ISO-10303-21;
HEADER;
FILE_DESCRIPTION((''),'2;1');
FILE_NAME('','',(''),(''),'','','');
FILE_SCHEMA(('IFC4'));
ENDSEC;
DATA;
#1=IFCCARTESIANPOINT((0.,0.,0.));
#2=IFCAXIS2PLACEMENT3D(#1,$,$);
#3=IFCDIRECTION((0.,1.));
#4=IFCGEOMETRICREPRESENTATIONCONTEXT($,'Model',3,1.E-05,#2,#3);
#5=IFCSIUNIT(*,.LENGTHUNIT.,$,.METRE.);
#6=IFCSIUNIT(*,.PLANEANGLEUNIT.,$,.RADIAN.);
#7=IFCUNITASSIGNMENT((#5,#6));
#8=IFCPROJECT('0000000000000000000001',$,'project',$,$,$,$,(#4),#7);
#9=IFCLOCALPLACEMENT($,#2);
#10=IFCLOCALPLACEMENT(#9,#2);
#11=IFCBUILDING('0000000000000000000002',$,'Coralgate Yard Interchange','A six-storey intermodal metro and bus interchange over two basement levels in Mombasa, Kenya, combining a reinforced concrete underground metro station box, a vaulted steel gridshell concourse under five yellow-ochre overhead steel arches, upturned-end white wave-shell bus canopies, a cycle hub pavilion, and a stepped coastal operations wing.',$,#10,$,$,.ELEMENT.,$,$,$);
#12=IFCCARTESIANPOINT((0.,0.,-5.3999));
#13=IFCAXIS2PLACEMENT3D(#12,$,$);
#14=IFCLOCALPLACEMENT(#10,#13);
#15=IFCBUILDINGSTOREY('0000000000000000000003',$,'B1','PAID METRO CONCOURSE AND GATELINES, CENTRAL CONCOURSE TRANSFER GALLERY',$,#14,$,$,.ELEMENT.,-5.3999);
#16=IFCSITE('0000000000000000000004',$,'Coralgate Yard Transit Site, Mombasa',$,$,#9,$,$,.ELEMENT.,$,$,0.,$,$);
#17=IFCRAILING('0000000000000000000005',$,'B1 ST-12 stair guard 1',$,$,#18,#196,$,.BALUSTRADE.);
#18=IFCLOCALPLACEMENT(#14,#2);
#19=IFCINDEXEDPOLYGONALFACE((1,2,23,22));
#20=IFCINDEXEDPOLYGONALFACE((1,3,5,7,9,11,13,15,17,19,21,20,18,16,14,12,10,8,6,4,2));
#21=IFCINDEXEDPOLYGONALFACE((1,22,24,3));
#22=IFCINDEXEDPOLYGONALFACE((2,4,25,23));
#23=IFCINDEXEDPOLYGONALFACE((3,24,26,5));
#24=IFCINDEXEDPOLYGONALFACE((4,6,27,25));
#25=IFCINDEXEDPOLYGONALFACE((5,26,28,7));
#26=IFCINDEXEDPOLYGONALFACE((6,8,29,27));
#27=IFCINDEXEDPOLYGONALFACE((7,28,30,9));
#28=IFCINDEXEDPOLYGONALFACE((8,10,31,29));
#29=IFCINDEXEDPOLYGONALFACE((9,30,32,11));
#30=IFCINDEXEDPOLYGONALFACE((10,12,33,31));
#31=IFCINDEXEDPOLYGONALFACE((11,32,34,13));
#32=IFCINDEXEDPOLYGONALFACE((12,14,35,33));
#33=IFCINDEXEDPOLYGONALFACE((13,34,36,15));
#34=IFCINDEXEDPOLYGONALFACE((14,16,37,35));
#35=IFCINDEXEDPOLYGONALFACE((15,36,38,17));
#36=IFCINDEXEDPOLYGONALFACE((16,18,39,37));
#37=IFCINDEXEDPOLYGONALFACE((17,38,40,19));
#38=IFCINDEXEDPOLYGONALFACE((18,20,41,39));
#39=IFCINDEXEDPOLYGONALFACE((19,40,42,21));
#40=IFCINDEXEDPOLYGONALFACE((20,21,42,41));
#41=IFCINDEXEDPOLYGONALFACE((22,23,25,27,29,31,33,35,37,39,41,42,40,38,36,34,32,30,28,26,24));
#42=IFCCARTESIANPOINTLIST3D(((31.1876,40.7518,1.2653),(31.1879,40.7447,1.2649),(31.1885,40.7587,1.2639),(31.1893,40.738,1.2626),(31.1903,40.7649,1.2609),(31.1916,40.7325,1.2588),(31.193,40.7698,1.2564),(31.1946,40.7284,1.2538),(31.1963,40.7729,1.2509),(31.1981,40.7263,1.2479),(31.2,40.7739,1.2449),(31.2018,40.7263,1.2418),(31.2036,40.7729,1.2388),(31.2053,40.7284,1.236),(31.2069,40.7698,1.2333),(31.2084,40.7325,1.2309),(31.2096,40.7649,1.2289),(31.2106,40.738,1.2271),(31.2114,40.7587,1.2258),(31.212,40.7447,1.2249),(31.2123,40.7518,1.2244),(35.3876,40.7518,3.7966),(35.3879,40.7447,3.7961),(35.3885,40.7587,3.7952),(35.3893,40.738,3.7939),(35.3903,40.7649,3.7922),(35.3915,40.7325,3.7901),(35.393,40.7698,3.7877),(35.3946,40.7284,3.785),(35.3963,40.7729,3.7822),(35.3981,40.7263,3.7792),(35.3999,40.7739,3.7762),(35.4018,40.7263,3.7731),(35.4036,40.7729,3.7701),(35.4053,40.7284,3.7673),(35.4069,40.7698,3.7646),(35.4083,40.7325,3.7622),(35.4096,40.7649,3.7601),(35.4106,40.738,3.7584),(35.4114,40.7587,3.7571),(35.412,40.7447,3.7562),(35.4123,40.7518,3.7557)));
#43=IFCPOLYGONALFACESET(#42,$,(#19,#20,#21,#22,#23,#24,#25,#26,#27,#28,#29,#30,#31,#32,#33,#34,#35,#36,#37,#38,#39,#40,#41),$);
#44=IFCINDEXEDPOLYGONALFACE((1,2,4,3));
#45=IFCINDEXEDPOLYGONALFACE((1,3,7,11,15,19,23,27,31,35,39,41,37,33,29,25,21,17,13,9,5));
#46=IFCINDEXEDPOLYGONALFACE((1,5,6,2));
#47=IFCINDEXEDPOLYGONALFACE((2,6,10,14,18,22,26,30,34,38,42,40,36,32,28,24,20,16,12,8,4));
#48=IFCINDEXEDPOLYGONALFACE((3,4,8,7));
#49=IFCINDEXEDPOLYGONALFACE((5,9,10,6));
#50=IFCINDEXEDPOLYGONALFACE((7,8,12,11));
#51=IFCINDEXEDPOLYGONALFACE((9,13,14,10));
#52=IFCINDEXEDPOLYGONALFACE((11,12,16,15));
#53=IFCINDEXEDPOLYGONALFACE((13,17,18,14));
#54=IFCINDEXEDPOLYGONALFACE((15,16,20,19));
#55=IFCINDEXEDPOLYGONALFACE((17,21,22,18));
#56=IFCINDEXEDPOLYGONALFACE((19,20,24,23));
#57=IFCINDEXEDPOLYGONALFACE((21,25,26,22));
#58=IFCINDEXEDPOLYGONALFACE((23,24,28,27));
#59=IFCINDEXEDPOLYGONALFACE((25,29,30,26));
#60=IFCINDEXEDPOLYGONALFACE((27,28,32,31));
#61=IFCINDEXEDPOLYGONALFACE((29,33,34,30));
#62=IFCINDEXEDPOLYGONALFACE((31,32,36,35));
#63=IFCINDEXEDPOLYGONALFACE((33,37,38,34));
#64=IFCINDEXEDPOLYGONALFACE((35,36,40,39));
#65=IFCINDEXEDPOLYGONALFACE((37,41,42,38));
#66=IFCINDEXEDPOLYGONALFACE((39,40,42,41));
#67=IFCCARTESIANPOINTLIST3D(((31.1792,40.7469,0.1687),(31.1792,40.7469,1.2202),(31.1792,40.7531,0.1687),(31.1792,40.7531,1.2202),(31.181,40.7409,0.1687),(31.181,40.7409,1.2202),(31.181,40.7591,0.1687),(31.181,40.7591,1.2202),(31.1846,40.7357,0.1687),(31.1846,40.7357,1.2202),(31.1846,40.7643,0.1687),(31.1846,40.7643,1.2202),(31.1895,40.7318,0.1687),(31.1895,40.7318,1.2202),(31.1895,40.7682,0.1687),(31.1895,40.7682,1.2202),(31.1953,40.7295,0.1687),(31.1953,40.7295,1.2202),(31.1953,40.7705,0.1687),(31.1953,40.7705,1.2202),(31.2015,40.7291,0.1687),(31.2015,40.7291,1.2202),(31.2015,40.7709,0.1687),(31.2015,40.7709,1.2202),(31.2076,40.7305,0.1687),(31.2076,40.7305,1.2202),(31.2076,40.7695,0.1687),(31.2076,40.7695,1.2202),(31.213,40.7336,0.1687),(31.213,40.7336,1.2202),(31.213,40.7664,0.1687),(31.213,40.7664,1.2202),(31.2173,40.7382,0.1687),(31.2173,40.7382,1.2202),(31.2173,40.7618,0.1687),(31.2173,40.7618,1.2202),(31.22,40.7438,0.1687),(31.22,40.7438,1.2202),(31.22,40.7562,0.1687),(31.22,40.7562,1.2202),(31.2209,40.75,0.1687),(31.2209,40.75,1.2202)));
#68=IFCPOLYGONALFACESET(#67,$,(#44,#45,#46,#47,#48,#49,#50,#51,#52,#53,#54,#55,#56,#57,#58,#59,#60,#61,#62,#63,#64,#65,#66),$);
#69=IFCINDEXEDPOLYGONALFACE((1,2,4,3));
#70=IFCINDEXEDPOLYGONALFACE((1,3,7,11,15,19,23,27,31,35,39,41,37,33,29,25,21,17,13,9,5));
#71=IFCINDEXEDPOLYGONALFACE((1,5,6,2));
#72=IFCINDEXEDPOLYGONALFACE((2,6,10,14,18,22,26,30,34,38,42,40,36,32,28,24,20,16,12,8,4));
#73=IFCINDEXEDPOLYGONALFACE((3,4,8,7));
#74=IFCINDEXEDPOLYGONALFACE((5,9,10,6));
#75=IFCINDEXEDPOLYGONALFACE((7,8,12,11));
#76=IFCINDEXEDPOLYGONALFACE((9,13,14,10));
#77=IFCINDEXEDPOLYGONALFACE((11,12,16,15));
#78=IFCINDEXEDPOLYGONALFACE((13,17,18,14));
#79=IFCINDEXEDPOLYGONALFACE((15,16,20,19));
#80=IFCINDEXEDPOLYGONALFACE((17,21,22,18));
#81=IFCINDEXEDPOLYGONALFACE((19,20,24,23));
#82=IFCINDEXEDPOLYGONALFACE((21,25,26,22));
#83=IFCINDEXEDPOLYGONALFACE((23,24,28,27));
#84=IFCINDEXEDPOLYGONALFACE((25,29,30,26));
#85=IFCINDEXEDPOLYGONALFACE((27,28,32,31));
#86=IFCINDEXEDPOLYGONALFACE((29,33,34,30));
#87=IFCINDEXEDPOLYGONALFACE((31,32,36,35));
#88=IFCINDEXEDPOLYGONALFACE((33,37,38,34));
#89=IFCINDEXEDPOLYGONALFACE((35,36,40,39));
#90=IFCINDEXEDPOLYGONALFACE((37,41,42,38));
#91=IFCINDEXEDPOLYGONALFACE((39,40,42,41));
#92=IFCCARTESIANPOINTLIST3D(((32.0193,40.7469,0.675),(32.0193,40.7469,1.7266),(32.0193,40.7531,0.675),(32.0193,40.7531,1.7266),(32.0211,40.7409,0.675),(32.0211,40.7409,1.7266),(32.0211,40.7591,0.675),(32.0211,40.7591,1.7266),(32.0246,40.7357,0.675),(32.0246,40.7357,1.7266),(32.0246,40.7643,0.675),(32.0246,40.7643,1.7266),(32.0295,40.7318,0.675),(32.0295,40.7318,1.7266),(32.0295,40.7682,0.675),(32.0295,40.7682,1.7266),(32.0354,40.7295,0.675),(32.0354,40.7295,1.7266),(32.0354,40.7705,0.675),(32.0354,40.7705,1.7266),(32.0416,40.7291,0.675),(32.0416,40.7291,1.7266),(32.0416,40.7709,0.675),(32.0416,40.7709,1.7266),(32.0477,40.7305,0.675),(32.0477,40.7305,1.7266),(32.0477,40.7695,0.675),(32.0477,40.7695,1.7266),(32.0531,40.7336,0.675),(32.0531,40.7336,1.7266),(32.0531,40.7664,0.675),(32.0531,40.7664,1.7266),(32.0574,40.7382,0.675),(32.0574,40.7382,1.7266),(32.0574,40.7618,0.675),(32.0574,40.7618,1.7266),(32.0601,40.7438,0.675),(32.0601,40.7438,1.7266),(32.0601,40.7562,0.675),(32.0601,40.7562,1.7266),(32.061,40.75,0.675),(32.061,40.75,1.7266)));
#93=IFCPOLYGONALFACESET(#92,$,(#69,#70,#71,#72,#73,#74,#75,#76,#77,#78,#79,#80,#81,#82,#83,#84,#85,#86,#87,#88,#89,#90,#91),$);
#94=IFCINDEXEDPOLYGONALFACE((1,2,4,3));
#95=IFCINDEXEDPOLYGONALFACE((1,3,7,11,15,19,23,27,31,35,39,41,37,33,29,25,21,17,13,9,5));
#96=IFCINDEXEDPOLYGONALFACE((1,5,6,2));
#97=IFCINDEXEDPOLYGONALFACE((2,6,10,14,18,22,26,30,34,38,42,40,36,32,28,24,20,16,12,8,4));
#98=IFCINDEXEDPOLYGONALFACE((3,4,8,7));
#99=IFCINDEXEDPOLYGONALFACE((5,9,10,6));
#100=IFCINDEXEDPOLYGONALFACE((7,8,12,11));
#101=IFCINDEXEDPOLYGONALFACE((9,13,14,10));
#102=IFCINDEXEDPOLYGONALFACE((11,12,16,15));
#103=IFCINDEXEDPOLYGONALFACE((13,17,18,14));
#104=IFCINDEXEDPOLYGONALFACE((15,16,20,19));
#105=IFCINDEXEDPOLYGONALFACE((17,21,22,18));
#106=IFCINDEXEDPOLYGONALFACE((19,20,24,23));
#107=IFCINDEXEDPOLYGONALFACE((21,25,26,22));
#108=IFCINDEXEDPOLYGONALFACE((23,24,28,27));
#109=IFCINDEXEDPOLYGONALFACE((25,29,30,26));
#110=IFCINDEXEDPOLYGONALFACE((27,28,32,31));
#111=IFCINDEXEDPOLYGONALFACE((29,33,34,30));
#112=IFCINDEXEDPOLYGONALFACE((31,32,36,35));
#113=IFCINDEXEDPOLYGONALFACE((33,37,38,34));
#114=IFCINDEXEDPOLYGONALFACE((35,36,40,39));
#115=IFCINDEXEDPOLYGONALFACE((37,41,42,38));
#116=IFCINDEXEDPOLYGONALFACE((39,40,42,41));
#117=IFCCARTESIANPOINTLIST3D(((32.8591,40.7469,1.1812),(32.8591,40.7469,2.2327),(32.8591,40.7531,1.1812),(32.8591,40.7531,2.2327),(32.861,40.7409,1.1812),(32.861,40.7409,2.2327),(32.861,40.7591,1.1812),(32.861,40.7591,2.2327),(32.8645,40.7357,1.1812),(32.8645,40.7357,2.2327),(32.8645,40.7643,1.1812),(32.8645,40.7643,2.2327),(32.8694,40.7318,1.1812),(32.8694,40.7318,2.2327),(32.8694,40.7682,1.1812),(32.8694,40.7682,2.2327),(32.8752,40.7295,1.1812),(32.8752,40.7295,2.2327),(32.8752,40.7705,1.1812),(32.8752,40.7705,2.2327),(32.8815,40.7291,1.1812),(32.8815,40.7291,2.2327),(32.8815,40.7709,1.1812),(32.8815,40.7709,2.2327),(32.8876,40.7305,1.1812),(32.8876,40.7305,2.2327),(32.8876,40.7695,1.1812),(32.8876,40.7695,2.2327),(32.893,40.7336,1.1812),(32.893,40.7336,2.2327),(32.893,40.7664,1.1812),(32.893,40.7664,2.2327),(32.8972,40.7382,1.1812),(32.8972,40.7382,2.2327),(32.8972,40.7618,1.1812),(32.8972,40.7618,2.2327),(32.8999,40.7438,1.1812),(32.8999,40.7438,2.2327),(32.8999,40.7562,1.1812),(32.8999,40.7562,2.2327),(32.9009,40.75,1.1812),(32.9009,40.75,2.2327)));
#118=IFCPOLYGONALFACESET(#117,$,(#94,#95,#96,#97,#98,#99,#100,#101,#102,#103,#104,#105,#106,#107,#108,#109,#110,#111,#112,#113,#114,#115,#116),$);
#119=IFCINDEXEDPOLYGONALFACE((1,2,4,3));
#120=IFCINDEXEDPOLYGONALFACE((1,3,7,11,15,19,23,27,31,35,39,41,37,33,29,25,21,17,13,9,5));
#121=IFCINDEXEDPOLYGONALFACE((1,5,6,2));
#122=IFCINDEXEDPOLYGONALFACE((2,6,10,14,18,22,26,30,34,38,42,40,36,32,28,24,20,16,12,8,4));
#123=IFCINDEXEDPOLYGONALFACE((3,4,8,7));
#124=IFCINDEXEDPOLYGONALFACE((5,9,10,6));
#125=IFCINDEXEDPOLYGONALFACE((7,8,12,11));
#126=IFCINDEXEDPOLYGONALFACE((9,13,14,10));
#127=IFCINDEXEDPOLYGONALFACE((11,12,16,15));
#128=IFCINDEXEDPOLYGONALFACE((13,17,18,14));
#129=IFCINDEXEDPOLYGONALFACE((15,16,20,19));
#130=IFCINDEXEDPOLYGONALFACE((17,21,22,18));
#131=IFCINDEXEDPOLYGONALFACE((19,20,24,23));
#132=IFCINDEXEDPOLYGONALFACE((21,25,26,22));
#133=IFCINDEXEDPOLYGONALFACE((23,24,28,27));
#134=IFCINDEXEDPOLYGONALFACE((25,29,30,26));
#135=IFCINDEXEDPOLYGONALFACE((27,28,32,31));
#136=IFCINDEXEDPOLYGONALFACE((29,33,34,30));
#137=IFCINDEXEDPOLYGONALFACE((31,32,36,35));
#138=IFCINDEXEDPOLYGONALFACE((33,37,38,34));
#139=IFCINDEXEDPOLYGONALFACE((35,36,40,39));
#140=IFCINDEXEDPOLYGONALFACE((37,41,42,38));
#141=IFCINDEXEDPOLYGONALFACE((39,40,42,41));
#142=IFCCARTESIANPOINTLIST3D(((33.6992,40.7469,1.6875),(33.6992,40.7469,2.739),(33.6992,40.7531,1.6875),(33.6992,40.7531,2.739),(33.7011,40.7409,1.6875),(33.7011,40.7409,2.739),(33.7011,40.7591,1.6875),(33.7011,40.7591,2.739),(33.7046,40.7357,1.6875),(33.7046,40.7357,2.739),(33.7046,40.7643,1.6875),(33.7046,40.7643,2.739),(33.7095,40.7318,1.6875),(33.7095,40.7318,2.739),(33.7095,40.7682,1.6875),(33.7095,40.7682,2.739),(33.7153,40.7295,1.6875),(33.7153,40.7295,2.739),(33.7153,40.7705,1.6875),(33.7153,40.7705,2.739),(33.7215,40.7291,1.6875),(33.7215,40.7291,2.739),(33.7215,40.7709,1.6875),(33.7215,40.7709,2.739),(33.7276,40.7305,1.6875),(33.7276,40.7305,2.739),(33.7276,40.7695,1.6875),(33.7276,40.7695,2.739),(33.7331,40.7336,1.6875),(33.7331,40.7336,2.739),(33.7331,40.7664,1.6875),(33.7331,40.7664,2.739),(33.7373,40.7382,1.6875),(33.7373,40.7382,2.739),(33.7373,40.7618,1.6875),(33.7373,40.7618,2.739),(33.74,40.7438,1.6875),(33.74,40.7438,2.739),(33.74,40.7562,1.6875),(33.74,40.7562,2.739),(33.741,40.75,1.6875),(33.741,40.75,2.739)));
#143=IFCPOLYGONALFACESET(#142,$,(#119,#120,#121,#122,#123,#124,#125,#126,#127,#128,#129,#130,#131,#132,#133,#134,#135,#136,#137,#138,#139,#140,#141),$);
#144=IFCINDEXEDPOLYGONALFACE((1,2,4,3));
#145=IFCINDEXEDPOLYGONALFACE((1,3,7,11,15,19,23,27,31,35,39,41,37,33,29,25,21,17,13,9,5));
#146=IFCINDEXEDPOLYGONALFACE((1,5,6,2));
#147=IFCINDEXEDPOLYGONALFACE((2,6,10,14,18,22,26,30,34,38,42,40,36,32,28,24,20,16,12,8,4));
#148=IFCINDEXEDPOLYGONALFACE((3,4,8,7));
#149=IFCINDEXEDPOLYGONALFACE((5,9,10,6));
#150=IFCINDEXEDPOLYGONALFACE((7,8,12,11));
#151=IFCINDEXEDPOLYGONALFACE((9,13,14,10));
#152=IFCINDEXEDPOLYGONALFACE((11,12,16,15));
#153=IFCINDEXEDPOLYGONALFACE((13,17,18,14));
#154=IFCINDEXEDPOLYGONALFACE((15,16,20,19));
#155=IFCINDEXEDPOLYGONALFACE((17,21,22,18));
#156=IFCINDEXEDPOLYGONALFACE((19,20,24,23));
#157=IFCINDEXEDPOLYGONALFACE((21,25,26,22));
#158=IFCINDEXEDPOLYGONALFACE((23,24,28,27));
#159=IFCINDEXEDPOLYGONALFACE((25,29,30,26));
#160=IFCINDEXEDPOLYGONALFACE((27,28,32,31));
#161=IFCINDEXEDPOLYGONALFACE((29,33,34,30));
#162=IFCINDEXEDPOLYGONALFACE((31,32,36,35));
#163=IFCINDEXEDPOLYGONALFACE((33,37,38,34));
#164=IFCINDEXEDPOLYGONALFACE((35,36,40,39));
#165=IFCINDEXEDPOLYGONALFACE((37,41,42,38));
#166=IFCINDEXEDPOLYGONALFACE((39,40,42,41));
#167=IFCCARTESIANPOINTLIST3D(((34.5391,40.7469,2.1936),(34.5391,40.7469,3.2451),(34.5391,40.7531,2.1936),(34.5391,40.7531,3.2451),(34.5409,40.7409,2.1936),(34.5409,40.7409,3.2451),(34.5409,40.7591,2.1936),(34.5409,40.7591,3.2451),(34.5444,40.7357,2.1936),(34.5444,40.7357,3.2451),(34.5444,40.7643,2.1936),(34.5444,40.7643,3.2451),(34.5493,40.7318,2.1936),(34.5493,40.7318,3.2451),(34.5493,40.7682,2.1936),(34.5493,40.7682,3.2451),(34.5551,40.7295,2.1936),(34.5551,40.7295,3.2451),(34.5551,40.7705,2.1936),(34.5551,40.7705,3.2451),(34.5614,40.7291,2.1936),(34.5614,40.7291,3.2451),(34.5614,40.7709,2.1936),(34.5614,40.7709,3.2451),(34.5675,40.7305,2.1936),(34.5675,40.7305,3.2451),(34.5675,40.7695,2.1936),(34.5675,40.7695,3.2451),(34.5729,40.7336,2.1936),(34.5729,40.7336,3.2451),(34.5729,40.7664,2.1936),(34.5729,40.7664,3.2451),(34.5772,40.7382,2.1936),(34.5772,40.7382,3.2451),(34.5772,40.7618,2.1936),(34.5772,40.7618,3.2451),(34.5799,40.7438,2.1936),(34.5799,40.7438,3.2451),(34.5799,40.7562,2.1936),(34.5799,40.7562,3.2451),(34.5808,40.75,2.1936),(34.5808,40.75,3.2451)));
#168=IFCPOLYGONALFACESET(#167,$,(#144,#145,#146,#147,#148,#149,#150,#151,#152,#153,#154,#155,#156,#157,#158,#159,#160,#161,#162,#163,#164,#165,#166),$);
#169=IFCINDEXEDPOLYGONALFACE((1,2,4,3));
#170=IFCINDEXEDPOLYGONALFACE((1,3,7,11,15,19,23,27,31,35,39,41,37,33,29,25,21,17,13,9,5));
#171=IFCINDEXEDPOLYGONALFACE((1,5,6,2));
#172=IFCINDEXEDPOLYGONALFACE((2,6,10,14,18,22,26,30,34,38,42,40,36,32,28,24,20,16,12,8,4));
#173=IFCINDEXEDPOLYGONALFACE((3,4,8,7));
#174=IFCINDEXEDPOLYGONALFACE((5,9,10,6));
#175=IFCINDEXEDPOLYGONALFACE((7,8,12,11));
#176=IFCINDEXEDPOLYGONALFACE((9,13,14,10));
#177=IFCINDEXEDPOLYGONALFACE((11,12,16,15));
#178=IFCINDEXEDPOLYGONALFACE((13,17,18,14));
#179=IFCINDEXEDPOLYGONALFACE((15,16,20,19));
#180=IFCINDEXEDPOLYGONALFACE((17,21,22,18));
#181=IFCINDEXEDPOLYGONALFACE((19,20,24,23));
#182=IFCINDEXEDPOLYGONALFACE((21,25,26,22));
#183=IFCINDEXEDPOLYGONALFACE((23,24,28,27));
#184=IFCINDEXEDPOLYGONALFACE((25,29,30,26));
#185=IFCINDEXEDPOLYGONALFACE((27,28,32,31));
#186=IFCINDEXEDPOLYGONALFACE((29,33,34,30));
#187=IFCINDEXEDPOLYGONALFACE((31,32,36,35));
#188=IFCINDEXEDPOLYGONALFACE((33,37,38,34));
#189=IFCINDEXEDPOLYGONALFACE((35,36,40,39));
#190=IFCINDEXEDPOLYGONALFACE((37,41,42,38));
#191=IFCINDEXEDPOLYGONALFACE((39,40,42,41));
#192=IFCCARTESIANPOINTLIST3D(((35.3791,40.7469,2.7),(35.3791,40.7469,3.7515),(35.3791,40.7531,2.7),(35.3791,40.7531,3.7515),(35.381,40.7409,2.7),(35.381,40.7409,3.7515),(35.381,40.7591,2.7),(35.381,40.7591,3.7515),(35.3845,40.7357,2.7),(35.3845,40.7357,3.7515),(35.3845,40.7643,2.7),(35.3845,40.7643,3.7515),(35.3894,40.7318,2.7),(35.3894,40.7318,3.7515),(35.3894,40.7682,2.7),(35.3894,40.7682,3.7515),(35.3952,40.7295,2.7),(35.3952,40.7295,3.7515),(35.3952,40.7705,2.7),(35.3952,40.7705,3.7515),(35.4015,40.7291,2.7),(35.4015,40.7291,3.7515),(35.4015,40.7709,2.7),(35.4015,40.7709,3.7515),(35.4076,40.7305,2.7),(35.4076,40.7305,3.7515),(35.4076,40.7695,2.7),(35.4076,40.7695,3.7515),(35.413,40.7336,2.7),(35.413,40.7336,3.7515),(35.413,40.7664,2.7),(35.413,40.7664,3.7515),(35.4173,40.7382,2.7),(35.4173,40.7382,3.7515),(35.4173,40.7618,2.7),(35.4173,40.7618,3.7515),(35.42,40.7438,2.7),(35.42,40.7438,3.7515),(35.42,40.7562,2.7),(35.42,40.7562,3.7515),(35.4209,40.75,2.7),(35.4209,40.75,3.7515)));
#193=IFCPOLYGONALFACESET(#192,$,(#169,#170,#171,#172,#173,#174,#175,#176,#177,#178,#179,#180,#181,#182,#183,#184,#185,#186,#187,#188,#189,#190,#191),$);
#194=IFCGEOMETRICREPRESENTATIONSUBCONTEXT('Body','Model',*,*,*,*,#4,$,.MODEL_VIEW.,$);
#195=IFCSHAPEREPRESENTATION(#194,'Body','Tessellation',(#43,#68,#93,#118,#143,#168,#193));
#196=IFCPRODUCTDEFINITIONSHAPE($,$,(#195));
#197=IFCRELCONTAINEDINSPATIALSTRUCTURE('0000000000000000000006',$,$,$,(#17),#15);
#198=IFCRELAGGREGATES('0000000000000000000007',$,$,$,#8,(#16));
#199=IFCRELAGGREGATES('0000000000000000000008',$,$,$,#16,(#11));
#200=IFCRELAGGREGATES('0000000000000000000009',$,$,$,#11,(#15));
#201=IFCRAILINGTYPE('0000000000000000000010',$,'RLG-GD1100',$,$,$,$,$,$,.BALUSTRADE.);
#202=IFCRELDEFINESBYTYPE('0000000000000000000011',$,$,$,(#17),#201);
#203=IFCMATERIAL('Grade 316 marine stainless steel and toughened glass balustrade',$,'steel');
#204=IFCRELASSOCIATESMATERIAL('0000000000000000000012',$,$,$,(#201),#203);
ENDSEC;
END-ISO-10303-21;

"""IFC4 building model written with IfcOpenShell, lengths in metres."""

from ifc_helpers import new_model, si_unit, direction, frame, origin, origin_2d, place, context, subcontext, project, spatial, circle, extrude, material, type_object, element, save


model = new_model("IFC4")

# Units and contexts
model_context = context("Model", 3, precision=1e-05, world=origin(), true_north=direction((0.0, 1.0)))
body_context = subcontext(model_context, "Body", "Model", "MODEL_VIEW")
ifc_project = project(units=[si_unit("LENGTHUNIT", "METRE"), si_unit("PLANEANGLEUNIT", "RADIAN")], contexts=[model_context])

# Site, building, storey
site_placement = place(None, origin())
site = spatial("IfcSite", under=ifc_project, at=site_placement, Name="Coralgate Yard Transit Site, Mombasa", CompositionType="ELEMENT", RefElevation=0.0)
building_placement = place(site_placement, origin())
building = spatial("IfcBuilding", under=site, at=building_placement, Name="Coralgate Yard Interchange", Description="A six-storey intermodal metro and bus interchange over two basement levels in Mombasa, Kenya, combining a reinforced concrete underground metro station box, a vaulted steel gridshell concourse under five yellow-ochre overhead steel arches, upturned-end white wave-shell bus canopies, a cycle hub pavilion, and a stepped coastal operations wing.", CompositionType="ELEMENT")
storey_placement = place(building_placement, frame((0.0, 0.0, -5.3999)))
storey = spatial("IfcBuildingStorey", under=building, at=storey_placement, Name="B1", Description="PAID METRO CONCOURSE AND GATELINES, CENTRAL CONCOURSE TRANSFER GALLERY", CompositionType="ELEMENT", Elevation=-5.3999)

# Railing
ifc_material_1 = material(Name="Grade 316 marine stainless steel and toughened glass balustrade", Category="steel")
railing_type_1 = type_object("IfcRailingType", Name="RLG-GD1100", PredefinedType="BALUSTRADE", material=ifc_material_1)
railing_1_placement = place(storey_placement, frame((31.2, 40.75, 0.1687)))
element("IfcRailing", 1, at=railing_1_placement, inside=storey, type_object=railing_type_1, Name="B1 ST-12 stair guard 1", PredefinedType="BALUSTRADE", context=body_context, shape_type="SweptSolid", body=[
    extrude(circle(Radius=0.0239, at=origin_2d()), frame((0.0, 0.0, 1.0762), z_axis=(0.856476, 0.0, 0.516186), x_axis=(0.0, 1.0, 0.0)), (0.0, 0.0, 1.0), 4.9038),
    extrude(circle(Radius=0.021, at=origin_2d()), origin(), (0.0, 0.0, 1.0), 1.0515),
    extrude(circle(Radius=0.021, at=origin_2d()), frame((0.8401, 0.0, 0.5063)), (0.0, 0.0, 1.0), 1.0515),
    extrude(circle(Radius=0.021, at=origin_2d()), frame((1.6799, 0.0, 1.0125)), (0.0, 0.0, 1.0), 1.0515),
    extrude(circle(Radius=0.021, at=origin_2d()), frame((2.52, 0.0, 1.5188)), (0.0, 0.0, 1.0), 1.0515),
    extrude(circle(Radius=0.021, at=origin_2d()), frame((3.3599, 0.0, 2.0249)), (0.0, 0.0, 1.0), 1.0515),
    extrude(circle(Radius=0.021, at=origin_2d()), frame((4.2, 0.0, 2.5312)), (0.0, 0.0, 1.0), 1.0515),
])

save(model, "model.ifc")
